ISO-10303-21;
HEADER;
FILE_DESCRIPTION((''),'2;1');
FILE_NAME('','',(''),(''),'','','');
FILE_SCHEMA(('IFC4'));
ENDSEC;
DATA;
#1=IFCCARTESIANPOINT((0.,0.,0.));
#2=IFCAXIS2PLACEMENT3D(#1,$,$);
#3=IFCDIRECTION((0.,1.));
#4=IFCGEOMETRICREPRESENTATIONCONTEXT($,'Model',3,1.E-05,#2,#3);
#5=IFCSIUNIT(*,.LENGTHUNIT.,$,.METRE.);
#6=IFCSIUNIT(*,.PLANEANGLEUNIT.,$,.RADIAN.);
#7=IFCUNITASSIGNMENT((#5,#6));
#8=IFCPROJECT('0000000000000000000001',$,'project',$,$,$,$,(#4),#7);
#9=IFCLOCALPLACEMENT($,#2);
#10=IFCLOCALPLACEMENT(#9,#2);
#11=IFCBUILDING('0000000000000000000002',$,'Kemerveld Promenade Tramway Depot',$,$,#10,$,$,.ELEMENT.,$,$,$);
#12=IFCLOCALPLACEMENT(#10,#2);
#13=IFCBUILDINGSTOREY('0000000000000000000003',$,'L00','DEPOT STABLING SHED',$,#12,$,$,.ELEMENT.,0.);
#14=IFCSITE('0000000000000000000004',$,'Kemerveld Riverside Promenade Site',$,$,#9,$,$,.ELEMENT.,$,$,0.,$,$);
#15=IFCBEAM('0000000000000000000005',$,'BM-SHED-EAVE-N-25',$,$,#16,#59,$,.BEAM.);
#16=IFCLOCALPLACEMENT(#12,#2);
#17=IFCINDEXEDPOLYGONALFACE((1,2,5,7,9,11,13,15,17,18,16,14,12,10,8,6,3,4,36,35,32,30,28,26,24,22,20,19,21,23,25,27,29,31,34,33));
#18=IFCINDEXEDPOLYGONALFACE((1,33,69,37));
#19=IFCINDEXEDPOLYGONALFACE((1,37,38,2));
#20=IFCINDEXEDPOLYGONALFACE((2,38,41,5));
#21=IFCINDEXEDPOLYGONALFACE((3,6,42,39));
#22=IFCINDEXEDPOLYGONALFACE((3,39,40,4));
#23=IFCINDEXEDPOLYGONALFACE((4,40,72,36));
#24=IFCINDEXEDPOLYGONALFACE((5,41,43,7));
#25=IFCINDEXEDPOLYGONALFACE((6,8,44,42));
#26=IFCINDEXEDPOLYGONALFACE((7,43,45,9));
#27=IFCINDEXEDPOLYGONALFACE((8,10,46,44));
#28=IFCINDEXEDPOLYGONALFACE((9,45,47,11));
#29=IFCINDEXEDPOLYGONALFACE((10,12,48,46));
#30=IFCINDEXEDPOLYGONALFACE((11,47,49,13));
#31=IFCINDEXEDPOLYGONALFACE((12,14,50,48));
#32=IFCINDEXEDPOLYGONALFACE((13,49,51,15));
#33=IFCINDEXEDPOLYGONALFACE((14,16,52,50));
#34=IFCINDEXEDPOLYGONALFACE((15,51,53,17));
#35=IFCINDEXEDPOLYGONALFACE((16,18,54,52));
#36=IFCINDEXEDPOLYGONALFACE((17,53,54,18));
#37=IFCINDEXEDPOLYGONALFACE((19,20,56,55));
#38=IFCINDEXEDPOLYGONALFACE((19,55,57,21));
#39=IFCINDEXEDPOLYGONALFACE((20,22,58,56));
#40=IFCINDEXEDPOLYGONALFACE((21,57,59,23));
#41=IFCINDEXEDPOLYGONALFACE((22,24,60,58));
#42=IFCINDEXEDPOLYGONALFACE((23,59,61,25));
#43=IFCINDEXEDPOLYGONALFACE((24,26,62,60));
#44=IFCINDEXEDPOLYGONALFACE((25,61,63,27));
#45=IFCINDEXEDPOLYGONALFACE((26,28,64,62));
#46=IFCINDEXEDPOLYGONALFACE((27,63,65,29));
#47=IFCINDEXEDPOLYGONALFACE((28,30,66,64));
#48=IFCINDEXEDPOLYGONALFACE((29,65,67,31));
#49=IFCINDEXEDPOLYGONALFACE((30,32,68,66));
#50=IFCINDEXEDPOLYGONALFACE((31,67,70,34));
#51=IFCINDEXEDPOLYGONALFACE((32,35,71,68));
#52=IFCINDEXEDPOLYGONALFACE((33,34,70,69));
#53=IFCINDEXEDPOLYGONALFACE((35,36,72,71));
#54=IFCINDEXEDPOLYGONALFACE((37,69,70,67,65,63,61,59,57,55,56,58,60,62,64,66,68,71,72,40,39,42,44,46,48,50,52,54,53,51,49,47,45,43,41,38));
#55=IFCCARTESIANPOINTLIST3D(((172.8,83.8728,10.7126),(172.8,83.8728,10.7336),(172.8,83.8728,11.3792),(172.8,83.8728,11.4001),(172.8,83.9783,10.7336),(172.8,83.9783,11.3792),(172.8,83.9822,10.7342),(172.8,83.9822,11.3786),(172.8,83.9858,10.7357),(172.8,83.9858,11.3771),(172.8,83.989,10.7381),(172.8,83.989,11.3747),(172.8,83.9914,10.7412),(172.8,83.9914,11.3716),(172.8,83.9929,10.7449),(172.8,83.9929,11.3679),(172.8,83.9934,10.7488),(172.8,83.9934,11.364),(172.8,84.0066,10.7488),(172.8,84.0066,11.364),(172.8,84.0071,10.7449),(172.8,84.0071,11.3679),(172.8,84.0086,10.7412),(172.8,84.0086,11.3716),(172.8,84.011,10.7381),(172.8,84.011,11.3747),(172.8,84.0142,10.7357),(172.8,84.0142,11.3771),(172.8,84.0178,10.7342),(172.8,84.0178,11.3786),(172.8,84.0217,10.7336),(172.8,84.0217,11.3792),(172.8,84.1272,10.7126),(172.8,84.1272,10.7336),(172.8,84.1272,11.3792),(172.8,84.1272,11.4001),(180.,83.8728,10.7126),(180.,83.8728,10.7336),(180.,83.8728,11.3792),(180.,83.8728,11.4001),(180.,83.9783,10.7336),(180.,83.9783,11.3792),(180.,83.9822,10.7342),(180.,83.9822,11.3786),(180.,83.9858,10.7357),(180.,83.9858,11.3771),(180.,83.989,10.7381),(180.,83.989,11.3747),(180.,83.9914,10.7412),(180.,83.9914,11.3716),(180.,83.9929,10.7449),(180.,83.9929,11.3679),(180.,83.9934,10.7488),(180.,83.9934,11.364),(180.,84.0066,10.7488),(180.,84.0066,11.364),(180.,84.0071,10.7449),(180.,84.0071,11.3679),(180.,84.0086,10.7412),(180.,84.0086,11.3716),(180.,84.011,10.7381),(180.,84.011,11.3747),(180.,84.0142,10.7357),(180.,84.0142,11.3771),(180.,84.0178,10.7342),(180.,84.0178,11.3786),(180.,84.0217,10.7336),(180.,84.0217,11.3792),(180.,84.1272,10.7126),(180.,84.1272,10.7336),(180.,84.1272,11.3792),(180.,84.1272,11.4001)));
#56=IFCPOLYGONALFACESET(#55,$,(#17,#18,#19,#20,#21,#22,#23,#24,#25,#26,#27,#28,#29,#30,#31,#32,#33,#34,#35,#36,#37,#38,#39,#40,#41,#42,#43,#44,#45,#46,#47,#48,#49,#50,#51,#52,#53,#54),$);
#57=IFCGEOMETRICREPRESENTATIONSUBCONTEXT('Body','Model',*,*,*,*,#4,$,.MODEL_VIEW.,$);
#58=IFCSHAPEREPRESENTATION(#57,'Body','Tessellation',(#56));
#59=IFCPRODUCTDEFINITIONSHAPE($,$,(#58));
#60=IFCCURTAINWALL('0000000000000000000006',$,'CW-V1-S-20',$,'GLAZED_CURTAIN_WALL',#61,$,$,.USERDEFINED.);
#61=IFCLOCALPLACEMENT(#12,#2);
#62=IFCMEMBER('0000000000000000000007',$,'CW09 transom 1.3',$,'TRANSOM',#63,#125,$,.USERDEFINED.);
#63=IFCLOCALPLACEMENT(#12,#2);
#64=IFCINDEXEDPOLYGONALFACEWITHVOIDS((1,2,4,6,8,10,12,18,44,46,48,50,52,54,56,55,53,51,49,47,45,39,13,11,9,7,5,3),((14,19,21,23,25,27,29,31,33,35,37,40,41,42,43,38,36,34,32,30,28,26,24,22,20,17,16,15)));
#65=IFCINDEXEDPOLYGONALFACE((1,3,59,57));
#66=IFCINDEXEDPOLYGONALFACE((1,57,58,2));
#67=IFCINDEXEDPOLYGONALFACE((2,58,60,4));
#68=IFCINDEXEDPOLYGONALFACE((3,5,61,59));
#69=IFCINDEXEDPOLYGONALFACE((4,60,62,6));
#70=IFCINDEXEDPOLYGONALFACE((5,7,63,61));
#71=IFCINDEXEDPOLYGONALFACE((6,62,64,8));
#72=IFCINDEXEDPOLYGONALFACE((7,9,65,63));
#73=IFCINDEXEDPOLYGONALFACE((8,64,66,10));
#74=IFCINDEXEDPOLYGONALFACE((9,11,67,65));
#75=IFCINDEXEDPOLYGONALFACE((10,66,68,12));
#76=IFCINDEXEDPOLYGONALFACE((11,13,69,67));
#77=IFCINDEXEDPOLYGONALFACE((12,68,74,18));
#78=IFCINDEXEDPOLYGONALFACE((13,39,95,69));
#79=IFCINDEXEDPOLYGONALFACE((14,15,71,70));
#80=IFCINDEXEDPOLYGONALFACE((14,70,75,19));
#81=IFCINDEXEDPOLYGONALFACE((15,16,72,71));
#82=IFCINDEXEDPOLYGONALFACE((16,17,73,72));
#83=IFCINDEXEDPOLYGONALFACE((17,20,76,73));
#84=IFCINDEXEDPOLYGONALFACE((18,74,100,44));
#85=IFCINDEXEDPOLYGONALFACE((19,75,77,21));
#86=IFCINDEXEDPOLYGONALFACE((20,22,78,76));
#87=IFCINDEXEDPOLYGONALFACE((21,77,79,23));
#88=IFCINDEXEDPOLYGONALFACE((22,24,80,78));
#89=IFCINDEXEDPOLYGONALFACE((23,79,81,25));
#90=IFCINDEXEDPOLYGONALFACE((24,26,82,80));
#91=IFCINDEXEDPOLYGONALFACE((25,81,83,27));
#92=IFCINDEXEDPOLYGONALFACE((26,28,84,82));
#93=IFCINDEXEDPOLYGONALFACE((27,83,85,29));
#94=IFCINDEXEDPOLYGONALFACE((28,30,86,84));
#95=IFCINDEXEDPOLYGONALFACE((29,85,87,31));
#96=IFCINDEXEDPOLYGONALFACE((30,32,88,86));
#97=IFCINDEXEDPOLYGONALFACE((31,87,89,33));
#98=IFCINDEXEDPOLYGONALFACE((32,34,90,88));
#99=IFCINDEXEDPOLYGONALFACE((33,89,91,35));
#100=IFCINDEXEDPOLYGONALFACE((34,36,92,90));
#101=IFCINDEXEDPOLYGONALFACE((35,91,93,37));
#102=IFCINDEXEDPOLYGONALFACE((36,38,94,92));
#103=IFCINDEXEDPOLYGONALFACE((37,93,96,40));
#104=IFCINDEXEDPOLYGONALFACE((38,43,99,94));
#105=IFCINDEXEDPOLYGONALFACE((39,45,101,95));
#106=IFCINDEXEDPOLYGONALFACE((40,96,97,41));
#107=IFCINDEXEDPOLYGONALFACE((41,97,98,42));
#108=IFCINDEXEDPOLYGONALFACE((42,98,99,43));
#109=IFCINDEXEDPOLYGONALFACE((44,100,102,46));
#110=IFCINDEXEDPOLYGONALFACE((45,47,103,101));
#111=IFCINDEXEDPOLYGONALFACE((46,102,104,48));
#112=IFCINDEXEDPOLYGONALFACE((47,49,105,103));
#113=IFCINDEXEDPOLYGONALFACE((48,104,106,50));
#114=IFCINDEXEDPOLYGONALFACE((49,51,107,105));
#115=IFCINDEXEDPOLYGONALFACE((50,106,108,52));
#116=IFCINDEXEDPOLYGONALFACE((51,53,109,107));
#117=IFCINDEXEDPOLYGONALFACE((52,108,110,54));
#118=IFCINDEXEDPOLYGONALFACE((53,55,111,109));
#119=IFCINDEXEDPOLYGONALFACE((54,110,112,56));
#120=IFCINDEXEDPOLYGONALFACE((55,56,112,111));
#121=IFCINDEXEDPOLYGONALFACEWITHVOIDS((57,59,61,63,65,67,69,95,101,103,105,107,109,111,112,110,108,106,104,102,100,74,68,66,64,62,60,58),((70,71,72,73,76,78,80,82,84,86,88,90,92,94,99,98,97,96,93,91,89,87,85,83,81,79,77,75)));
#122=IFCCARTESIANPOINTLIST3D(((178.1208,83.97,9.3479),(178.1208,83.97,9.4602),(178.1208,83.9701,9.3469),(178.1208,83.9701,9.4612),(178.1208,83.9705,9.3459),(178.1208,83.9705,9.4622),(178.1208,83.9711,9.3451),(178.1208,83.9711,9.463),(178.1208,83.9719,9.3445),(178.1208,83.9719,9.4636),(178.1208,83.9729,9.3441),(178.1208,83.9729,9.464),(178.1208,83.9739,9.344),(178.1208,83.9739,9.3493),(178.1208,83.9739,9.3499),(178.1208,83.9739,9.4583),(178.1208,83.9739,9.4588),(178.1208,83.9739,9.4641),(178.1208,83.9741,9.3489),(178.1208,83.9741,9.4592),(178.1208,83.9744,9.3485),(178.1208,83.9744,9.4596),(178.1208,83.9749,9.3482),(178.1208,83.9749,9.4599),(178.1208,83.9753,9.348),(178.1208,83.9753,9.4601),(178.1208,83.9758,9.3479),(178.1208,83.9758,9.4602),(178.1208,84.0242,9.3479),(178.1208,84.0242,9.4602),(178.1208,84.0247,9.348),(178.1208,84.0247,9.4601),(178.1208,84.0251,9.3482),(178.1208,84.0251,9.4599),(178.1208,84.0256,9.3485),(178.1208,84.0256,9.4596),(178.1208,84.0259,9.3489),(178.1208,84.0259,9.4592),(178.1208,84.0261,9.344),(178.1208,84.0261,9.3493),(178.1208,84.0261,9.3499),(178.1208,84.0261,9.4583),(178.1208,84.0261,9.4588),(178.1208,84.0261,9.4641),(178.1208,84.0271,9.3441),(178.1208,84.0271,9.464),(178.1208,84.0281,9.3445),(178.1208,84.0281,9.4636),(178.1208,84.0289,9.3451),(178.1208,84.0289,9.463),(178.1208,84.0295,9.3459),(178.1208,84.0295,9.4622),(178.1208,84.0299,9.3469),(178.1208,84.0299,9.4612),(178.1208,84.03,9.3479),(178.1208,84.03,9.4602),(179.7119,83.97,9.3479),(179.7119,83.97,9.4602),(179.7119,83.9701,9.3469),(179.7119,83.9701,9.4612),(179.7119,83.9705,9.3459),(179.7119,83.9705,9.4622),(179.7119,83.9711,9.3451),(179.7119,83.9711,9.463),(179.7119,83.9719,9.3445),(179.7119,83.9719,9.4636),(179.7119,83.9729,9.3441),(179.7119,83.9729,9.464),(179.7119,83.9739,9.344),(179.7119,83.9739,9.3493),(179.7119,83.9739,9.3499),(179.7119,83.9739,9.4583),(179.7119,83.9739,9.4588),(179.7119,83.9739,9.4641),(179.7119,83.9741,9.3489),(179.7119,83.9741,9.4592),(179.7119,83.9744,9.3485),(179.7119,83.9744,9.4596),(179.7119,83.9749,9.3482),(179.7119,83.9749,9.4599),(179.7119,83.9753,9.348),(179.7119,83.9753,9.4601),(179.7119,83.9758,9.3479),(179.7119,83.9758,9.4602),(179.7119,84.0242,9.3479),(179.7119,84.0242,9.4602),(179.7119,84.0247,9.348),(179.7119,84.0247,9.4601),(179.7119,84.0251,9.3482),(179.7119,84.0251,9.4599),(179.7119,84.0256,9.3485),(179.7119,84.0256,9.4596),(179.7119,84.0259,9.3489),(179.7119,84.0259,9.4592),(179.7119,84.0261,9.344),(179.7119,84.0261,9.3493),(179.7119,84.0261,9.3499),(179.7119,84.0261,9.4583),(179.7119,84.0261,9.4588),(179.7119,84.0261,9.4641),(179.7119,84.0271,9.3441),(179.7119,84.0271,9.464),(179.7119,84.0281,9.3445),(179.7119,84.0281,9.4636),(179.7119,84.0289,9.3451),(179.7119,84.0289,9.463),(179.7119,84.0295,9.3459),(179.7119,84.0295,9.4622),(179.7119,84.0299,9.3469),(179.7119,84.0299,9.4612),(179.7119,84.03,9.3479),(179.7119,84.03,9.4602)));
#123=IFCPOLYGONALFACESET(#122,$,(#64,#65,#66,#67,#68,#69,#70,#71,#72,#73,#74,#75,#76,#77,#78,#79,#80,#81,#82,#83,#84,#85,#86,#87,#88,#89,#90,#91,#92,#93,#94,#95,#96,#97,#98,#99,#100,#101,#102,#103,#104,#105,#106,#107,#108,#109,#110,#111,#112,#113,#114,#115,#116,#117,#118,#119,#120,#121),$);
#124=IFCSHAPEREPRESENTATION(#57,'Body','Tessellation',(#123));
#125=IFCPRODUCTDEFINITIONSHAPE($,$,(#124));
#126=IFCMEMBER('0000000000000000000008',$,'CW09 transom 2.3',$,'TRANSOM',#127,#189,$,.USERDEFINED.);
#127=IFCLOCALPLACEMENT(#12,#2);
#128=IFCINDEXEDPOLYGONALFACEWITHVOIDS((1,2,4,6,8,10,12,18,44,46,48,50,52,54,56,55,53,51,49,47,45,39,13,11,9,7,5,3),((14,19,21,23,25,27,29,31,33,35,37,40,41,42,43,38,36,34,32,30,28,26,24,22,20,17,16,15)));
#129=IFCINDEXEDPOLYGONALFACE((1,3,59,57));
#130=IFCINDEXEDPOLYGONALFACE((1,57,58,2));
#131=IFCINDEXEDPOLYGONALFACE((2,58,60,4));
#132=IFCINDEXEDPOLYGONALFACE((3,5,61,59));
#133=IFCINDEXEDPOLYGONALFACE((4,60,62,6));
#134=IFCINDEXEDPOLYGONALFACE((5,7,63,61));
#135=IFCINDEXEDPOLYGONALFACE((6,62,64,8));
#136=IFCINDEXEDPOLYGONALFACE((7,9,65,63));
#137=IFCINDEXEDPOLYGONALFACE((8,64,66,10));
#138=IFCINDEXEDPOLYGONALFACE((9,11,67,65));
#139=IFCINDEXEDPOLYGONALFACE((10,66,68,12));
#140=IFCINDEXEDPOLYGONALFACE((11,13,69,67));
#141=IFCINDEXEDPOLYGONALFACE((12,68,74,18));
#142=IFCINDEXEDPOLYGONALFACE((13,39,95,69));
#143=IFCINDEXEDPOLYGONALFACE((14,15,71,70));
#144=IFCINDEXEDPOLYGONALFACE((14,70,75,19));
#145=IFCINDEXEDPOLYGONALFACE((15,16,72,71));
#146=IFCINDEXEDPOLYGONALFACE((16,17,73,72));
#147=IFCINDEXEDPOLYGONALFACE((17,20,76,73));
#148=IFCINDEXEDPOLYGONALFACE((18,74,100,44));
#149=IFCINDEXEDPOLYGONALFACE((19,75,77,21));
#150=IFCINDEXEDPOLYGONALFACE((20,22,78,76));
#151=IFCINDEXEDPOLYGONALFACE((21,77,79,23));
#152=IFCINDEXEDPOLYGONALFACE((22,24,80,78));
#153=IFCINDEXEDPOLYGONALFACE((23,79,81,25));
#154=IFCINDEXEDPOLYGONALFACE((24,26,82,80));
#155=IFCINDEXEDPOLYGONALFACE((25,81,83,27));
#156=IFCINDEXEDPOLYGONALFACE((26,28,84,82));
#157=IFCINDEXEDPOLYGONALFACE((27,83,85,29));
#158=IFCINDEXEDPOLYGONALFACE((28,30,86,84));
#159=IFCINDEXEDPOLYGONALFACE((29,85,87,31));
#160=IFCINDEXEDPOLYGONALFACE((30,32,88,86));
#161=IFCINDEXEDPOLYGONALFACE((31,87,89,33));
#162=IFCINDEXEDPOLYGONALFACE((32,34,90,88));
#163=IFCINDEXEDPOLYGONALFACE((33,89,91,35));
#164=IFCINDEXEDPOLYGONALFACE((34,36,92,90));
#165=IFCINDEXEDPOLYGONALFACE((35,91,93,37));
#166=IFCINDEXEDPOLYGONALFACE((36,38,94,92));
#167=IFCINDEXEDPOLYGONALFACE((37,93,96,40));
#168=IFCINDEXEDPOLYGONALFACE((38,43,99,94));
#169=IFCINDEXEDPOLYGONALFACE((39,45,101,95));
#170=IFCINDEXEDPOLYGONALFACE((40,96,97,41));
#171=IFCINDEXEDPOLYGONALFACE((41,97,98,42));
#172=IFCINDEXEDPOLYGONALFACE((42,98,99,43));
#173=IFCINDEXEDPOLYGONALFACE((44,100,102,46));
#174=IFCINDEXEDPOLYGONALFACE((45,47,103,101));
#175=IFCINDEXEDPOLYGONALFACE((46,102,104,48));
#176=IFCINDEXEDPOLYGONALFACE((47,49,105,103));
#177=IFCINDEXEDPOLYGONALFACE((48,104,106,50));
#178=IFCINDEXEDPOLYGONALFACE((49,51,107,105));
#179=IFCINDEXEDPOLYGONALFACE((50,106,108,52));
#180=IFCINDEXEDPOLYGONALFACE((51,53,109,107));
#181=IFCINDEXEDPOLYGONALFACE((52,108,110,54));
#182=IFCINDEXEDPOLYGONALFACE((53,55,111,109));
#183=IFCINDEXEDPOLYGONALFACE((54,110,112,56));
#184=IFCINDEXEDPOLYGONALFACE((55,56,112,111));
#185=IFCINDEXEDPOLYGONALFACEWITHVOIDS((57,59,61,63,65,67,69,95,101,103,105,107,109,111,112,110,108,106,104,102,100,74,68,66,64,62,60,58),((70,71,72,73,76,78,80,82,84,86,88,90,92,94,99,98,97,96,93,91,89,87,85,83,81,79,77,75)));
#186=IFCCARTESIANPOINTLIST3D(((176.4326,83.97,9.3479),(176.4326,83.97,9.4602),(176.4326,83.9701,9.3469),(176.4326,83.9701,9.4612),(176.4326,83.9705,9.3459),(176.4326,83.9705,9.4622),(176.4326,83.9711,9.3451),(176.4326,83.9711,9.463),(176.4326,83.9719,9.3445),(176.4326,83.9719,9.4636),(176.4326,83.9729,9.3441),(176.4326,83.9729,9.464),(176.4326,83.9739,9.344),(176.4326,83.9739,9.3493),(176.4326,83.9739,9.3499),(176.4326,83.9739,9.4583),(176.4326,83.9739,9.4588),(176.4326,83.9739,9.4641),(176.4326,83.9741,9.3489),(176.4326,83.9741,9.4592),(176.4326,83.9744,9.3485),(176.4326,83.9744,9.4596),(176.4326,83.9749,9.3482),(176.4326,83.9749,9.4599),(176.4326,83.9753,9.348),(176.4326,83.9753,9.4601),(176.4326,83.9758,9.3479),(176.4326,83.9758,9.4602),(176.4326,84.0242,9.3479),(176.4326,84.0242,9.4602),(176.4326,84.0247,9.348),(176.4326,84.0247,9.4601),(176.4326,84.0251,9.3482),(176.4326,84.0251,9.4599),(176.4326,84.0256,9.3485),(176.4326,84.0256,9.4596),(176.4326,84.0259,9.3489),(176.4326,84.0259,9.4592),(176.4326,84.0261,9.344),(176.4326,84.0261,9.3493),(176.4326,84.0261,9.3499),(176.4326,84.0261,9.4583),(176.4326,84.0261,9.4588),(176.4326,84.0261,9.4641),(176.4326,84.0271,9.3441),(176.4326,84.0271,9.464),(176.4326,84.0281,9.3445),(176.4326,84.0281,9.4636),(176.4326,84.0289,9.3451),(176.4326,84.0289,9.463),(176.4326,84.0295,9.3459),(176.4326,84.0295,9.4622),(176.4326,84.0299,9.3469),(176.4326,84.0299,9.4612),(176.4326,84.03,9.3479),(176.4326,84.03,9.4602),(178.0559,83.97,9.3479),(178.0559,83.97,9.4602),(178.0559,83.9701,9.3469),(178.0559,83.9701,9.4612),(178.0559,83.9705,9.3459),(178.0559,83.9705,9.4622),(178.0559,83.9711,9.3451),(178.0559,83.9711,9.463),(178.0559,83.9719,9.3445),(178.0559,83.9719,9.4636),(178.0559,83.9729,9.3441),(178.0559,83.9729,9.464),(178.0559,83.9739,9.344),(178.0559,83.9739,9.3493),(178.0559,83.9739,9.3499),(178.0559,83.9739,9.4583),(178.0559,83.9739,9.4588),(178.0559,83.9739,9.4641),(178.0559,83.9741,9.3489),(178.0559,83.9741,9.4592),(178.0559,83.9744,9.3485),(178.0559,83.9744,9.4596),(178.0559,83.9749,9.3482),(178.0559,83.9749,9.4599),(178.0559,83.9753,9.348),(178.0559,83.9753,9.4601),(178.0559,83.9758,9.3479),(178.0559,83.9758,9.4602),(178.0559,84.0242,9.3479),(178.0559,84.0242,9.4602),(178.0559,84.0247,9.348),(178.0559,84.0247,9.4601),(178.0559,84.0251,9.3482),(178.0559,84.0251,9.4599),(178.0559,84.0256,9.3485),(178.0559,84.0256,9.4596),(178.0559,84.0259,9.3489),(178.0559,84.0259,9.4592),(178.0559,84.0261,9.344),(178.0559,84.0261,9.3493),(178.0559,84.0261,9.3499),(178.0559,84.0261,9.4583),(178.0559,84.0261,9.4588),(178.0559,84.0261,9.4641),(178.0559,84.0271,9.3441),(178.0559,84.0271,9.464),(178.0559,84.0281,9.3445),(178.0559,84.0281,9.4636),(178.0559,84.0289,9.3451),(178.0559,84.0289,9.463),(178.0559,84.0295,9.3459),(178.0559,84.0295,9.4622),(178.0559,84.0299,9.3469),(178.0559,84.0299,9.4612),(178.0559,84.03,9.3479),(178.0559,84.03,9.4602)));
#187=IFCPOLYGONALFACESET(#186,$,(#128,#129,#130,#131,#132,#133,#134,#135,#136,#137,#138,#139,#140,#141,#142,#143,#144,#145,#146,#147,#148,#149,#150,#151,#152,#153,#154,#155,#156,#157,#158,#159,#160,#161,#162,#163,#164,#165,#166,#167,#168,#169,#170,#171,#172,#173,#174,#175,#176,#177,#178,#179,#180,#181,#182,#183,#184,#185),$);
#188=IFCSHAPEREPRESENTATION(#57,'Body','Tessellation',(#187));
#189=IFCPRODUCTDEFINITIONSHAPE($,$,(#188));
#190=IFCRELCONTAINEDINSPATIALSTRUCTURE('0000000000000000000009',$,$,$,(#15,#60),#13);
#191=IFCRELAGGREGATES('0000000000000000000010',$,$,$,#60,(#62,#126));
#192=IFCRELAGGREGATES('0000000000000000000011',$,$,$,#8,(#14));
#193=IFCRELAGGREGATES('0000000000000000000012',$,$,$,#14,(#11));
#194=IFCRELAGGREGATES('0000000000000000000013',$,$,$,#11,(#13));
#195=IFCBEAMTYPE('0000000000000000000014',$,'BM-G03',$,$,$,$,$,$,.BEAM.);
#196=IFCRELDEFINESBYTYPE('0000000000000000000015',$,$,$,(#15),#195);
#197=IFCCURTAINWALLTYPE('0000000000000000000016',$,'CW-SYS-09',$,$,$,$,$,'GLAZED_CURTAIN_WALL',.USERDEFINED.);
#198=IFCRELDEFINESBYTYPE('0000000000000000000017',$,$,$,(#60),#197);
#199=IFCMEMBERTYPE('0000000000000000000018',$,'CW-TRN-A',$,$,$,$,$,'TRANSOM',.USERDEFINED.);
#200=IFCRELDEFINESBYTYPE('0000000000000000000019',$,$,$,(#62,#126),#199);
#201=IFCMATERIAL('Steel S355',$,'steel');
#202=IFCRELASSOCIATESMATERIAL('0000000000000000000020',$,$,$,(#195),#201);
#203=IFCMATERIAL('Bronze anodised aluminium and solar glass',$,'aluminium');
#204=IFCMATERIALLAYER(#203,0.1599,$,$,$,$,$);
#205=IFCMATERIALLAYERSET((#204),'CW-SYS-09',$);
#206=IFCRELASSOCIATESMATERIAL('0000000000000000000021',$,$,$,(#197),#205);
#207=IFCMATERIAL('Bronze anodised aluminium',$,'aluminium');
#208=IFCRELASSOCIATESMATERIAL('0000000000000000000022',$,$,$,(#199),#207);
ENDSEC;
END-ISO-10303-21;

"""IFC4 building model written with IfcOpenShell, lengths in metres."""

from ifc_helpers import new_model, si_unit, direction, frame, origin, origin_2d, place, context, subcontext, project, spatial, hollow_rectangle, i_section, extrude, material, layer, layer_set, material_profile, profile_set, type_object, element, aggregate, save


model = new_model("IFC4")

# Units and contexts
model_context = context("Model", 3, precision=1e-05, world=origin(), true_north=direction((0.0, 1.0)))
body_context = subcontext(model_context, "Body", "Model", "MODEL_VIEW")
ifc_project = project(units=[si_unit("LENGTHUNIT", "METRE"), si_unit("PLANEANGLEUNIT", "RADIAN")], contexts=[model_context])

# Site, building, storey
site_placement = place(None, origin())
site = spatial("IfcSite", under=ifc_project, at=site_placement, Name="Kemerveld Riverside Promenade Site", CompositionType="ELEMENT", RefElevation=0.0)
building_placement = place(site_placement, origin())
building = spatial("IfcBuilding", under=site, at=building_placement, Name="Kemerveld Promenade Tramway Depot", CompositionType="ELEMENT")
storey_placement = place(building_placement, origin())
storey = spatial("IfcBuildingStorey", under=building, at=storey_placement, Name="L00", Description="DEPOT STABLING SHED", CompositionType="ELEMENT", Elevation=0.0)

# Beam
ifc_material_1 = material(Name="Steel S355", Category="steel")
ifc_material_profile_1 = material_profile(ifc_material_1, i_section(OverallWidth=0.2544, OverallDepth=0.6875, WebThickness=0.0132, FlangeThickness=0.021, FilletRadius=0.0151, at=origin_2d()), Name="686x254x152 UB")
ifc_profile_set_1 = profile_set([ifc_material_profile_1], Name="Steel S355")
beam_type = type_object("IfcBeamType", Name="BM-G03", PredefinedType="BEAM", material=ifc_profile_set_1)
beam_placement = place(storey_placement, frame((172.8, 84.0, 11.0564), z_axis=(1.0, 0.0, 0.0), x_axis=(0.0, 1.0, 0.0)))
element("IfcBeam", 1, at=beam_placement, inside=storey, type_object=beam_type, Name="BM-SHED-EAVE-N-25", PredefinedType="BEAM", context=body_context, shape_type="SweptSolid", body=[
    extrude(i_section(OverallWidth=0.2544, OverallDepth=0.6875, WebThickness=0.0132, FlangeThickness=0.021, FilletRadius=0.0151, at=origin_2d()), origin(), (0.0, 0.0, 1.0), 7.2),
])

# Curtain wall, members
ifc_material_2 = material(Name="Bronze anodised aluminium and solar glass", Category="aluminium")
ifc_layer_1 = layer(ifc_material_2, 0.1599)
ifc_layer_set_1 = layer_set([ifc_layer_1], Name="CW-SYS-09")
curtain_wall_type_1 = type_object("IfcCurtainWallType", Name="CW-SYS-09", ElementType="GLAZED_CURTAIN_WALL", PredefinedType="USERDEFINED", material=ifc_layer_set_1)
curtain_wall_1_placement = place(storey_placement, origin())
curtain_wall_1 = element("IfcCurtainWall", 2, at=curtain_wall_1_placement, inside=storey, type_object=curtain_wall_type_1, Name="CW-V1-S-20", ObjectType="GLAZED_CURTAIN_WALL", PredefinedType="USERDEFINED")
ifc_material_3 = material(Name="Bronze anodised aluminium", Category="aluminium")
ifc_material_profile_2 = material_profile(ifc_material_3, hollow_rectangle(XDim=0.0601, YDim=0.1201, WallThickness=0.0039, InnerFilletRadius=0.002, OuterFilletRadius=0.0039, at=origin_2d()), Name="CW-TRN-120x60")
ifc_profile_set_2 = profile_set([ifc_material_profile_2], Name="Bronze anodised aluminium")
member_type_1 = type_object("IfcMemberType", Name="CW-TRN-A", ElementType="TRANSOM", PredefinedType="USERDEFINED", material=ifc_profile_set_2)
member_1_placement = place(storey_placement, frame((179.7119, 84.0, 9.4041), z_axis=(-1.0, 0.0, 0.0), x_axis=(0.0, -1.0, 0.0)))
member_1 = element("IfcMember", 3, at=member_1_placement, type_object=member_type_1, Name="CW09 transom 1.3", ObjectType="TRANSOM", PredefinedType="USERDEFINED", context=body_context, shape_type="SweptSolid", body=[
    extrude(hollow_rectangle(XDim=0.0601, YDim=0.1201, WallThickness=0.0039, InnerFilletRadius=0.002, OuterFilletRadius=0.0039, at=origin_2d()), origin(), (0.0, 0.0, 1.0), 1.5911),
])
member_2_placement = place(storey_placement, frame((178.0559, 84.0, 9.4041), z_axis=(-1.0, 0.0, 0.0), x_axis=(0.0, -1.0, 0.0)))
member_2 = element("IfcMember", 4, at=member_2_placement, type_object=member_type_1, Name="CW09 transom 2.3", ObjectType="TRANSOM", PredefinedType="USERDEFINED", context=body_context, shape_type="SweptSolid", body=[
    extrude(hollow_rectangle(XDim=0.0601, YDim=0.1201, WallThickness=0.0039, InnerFilletRadius=0.002, OuterFilletRadius=0.0039, at=origin_2d()), origin(), (0.0, 0.0, 1.0), 1.6233),
])

aggregate(curtain_wall_1, [member_1, member_2])

save(model, "model.ifc")
